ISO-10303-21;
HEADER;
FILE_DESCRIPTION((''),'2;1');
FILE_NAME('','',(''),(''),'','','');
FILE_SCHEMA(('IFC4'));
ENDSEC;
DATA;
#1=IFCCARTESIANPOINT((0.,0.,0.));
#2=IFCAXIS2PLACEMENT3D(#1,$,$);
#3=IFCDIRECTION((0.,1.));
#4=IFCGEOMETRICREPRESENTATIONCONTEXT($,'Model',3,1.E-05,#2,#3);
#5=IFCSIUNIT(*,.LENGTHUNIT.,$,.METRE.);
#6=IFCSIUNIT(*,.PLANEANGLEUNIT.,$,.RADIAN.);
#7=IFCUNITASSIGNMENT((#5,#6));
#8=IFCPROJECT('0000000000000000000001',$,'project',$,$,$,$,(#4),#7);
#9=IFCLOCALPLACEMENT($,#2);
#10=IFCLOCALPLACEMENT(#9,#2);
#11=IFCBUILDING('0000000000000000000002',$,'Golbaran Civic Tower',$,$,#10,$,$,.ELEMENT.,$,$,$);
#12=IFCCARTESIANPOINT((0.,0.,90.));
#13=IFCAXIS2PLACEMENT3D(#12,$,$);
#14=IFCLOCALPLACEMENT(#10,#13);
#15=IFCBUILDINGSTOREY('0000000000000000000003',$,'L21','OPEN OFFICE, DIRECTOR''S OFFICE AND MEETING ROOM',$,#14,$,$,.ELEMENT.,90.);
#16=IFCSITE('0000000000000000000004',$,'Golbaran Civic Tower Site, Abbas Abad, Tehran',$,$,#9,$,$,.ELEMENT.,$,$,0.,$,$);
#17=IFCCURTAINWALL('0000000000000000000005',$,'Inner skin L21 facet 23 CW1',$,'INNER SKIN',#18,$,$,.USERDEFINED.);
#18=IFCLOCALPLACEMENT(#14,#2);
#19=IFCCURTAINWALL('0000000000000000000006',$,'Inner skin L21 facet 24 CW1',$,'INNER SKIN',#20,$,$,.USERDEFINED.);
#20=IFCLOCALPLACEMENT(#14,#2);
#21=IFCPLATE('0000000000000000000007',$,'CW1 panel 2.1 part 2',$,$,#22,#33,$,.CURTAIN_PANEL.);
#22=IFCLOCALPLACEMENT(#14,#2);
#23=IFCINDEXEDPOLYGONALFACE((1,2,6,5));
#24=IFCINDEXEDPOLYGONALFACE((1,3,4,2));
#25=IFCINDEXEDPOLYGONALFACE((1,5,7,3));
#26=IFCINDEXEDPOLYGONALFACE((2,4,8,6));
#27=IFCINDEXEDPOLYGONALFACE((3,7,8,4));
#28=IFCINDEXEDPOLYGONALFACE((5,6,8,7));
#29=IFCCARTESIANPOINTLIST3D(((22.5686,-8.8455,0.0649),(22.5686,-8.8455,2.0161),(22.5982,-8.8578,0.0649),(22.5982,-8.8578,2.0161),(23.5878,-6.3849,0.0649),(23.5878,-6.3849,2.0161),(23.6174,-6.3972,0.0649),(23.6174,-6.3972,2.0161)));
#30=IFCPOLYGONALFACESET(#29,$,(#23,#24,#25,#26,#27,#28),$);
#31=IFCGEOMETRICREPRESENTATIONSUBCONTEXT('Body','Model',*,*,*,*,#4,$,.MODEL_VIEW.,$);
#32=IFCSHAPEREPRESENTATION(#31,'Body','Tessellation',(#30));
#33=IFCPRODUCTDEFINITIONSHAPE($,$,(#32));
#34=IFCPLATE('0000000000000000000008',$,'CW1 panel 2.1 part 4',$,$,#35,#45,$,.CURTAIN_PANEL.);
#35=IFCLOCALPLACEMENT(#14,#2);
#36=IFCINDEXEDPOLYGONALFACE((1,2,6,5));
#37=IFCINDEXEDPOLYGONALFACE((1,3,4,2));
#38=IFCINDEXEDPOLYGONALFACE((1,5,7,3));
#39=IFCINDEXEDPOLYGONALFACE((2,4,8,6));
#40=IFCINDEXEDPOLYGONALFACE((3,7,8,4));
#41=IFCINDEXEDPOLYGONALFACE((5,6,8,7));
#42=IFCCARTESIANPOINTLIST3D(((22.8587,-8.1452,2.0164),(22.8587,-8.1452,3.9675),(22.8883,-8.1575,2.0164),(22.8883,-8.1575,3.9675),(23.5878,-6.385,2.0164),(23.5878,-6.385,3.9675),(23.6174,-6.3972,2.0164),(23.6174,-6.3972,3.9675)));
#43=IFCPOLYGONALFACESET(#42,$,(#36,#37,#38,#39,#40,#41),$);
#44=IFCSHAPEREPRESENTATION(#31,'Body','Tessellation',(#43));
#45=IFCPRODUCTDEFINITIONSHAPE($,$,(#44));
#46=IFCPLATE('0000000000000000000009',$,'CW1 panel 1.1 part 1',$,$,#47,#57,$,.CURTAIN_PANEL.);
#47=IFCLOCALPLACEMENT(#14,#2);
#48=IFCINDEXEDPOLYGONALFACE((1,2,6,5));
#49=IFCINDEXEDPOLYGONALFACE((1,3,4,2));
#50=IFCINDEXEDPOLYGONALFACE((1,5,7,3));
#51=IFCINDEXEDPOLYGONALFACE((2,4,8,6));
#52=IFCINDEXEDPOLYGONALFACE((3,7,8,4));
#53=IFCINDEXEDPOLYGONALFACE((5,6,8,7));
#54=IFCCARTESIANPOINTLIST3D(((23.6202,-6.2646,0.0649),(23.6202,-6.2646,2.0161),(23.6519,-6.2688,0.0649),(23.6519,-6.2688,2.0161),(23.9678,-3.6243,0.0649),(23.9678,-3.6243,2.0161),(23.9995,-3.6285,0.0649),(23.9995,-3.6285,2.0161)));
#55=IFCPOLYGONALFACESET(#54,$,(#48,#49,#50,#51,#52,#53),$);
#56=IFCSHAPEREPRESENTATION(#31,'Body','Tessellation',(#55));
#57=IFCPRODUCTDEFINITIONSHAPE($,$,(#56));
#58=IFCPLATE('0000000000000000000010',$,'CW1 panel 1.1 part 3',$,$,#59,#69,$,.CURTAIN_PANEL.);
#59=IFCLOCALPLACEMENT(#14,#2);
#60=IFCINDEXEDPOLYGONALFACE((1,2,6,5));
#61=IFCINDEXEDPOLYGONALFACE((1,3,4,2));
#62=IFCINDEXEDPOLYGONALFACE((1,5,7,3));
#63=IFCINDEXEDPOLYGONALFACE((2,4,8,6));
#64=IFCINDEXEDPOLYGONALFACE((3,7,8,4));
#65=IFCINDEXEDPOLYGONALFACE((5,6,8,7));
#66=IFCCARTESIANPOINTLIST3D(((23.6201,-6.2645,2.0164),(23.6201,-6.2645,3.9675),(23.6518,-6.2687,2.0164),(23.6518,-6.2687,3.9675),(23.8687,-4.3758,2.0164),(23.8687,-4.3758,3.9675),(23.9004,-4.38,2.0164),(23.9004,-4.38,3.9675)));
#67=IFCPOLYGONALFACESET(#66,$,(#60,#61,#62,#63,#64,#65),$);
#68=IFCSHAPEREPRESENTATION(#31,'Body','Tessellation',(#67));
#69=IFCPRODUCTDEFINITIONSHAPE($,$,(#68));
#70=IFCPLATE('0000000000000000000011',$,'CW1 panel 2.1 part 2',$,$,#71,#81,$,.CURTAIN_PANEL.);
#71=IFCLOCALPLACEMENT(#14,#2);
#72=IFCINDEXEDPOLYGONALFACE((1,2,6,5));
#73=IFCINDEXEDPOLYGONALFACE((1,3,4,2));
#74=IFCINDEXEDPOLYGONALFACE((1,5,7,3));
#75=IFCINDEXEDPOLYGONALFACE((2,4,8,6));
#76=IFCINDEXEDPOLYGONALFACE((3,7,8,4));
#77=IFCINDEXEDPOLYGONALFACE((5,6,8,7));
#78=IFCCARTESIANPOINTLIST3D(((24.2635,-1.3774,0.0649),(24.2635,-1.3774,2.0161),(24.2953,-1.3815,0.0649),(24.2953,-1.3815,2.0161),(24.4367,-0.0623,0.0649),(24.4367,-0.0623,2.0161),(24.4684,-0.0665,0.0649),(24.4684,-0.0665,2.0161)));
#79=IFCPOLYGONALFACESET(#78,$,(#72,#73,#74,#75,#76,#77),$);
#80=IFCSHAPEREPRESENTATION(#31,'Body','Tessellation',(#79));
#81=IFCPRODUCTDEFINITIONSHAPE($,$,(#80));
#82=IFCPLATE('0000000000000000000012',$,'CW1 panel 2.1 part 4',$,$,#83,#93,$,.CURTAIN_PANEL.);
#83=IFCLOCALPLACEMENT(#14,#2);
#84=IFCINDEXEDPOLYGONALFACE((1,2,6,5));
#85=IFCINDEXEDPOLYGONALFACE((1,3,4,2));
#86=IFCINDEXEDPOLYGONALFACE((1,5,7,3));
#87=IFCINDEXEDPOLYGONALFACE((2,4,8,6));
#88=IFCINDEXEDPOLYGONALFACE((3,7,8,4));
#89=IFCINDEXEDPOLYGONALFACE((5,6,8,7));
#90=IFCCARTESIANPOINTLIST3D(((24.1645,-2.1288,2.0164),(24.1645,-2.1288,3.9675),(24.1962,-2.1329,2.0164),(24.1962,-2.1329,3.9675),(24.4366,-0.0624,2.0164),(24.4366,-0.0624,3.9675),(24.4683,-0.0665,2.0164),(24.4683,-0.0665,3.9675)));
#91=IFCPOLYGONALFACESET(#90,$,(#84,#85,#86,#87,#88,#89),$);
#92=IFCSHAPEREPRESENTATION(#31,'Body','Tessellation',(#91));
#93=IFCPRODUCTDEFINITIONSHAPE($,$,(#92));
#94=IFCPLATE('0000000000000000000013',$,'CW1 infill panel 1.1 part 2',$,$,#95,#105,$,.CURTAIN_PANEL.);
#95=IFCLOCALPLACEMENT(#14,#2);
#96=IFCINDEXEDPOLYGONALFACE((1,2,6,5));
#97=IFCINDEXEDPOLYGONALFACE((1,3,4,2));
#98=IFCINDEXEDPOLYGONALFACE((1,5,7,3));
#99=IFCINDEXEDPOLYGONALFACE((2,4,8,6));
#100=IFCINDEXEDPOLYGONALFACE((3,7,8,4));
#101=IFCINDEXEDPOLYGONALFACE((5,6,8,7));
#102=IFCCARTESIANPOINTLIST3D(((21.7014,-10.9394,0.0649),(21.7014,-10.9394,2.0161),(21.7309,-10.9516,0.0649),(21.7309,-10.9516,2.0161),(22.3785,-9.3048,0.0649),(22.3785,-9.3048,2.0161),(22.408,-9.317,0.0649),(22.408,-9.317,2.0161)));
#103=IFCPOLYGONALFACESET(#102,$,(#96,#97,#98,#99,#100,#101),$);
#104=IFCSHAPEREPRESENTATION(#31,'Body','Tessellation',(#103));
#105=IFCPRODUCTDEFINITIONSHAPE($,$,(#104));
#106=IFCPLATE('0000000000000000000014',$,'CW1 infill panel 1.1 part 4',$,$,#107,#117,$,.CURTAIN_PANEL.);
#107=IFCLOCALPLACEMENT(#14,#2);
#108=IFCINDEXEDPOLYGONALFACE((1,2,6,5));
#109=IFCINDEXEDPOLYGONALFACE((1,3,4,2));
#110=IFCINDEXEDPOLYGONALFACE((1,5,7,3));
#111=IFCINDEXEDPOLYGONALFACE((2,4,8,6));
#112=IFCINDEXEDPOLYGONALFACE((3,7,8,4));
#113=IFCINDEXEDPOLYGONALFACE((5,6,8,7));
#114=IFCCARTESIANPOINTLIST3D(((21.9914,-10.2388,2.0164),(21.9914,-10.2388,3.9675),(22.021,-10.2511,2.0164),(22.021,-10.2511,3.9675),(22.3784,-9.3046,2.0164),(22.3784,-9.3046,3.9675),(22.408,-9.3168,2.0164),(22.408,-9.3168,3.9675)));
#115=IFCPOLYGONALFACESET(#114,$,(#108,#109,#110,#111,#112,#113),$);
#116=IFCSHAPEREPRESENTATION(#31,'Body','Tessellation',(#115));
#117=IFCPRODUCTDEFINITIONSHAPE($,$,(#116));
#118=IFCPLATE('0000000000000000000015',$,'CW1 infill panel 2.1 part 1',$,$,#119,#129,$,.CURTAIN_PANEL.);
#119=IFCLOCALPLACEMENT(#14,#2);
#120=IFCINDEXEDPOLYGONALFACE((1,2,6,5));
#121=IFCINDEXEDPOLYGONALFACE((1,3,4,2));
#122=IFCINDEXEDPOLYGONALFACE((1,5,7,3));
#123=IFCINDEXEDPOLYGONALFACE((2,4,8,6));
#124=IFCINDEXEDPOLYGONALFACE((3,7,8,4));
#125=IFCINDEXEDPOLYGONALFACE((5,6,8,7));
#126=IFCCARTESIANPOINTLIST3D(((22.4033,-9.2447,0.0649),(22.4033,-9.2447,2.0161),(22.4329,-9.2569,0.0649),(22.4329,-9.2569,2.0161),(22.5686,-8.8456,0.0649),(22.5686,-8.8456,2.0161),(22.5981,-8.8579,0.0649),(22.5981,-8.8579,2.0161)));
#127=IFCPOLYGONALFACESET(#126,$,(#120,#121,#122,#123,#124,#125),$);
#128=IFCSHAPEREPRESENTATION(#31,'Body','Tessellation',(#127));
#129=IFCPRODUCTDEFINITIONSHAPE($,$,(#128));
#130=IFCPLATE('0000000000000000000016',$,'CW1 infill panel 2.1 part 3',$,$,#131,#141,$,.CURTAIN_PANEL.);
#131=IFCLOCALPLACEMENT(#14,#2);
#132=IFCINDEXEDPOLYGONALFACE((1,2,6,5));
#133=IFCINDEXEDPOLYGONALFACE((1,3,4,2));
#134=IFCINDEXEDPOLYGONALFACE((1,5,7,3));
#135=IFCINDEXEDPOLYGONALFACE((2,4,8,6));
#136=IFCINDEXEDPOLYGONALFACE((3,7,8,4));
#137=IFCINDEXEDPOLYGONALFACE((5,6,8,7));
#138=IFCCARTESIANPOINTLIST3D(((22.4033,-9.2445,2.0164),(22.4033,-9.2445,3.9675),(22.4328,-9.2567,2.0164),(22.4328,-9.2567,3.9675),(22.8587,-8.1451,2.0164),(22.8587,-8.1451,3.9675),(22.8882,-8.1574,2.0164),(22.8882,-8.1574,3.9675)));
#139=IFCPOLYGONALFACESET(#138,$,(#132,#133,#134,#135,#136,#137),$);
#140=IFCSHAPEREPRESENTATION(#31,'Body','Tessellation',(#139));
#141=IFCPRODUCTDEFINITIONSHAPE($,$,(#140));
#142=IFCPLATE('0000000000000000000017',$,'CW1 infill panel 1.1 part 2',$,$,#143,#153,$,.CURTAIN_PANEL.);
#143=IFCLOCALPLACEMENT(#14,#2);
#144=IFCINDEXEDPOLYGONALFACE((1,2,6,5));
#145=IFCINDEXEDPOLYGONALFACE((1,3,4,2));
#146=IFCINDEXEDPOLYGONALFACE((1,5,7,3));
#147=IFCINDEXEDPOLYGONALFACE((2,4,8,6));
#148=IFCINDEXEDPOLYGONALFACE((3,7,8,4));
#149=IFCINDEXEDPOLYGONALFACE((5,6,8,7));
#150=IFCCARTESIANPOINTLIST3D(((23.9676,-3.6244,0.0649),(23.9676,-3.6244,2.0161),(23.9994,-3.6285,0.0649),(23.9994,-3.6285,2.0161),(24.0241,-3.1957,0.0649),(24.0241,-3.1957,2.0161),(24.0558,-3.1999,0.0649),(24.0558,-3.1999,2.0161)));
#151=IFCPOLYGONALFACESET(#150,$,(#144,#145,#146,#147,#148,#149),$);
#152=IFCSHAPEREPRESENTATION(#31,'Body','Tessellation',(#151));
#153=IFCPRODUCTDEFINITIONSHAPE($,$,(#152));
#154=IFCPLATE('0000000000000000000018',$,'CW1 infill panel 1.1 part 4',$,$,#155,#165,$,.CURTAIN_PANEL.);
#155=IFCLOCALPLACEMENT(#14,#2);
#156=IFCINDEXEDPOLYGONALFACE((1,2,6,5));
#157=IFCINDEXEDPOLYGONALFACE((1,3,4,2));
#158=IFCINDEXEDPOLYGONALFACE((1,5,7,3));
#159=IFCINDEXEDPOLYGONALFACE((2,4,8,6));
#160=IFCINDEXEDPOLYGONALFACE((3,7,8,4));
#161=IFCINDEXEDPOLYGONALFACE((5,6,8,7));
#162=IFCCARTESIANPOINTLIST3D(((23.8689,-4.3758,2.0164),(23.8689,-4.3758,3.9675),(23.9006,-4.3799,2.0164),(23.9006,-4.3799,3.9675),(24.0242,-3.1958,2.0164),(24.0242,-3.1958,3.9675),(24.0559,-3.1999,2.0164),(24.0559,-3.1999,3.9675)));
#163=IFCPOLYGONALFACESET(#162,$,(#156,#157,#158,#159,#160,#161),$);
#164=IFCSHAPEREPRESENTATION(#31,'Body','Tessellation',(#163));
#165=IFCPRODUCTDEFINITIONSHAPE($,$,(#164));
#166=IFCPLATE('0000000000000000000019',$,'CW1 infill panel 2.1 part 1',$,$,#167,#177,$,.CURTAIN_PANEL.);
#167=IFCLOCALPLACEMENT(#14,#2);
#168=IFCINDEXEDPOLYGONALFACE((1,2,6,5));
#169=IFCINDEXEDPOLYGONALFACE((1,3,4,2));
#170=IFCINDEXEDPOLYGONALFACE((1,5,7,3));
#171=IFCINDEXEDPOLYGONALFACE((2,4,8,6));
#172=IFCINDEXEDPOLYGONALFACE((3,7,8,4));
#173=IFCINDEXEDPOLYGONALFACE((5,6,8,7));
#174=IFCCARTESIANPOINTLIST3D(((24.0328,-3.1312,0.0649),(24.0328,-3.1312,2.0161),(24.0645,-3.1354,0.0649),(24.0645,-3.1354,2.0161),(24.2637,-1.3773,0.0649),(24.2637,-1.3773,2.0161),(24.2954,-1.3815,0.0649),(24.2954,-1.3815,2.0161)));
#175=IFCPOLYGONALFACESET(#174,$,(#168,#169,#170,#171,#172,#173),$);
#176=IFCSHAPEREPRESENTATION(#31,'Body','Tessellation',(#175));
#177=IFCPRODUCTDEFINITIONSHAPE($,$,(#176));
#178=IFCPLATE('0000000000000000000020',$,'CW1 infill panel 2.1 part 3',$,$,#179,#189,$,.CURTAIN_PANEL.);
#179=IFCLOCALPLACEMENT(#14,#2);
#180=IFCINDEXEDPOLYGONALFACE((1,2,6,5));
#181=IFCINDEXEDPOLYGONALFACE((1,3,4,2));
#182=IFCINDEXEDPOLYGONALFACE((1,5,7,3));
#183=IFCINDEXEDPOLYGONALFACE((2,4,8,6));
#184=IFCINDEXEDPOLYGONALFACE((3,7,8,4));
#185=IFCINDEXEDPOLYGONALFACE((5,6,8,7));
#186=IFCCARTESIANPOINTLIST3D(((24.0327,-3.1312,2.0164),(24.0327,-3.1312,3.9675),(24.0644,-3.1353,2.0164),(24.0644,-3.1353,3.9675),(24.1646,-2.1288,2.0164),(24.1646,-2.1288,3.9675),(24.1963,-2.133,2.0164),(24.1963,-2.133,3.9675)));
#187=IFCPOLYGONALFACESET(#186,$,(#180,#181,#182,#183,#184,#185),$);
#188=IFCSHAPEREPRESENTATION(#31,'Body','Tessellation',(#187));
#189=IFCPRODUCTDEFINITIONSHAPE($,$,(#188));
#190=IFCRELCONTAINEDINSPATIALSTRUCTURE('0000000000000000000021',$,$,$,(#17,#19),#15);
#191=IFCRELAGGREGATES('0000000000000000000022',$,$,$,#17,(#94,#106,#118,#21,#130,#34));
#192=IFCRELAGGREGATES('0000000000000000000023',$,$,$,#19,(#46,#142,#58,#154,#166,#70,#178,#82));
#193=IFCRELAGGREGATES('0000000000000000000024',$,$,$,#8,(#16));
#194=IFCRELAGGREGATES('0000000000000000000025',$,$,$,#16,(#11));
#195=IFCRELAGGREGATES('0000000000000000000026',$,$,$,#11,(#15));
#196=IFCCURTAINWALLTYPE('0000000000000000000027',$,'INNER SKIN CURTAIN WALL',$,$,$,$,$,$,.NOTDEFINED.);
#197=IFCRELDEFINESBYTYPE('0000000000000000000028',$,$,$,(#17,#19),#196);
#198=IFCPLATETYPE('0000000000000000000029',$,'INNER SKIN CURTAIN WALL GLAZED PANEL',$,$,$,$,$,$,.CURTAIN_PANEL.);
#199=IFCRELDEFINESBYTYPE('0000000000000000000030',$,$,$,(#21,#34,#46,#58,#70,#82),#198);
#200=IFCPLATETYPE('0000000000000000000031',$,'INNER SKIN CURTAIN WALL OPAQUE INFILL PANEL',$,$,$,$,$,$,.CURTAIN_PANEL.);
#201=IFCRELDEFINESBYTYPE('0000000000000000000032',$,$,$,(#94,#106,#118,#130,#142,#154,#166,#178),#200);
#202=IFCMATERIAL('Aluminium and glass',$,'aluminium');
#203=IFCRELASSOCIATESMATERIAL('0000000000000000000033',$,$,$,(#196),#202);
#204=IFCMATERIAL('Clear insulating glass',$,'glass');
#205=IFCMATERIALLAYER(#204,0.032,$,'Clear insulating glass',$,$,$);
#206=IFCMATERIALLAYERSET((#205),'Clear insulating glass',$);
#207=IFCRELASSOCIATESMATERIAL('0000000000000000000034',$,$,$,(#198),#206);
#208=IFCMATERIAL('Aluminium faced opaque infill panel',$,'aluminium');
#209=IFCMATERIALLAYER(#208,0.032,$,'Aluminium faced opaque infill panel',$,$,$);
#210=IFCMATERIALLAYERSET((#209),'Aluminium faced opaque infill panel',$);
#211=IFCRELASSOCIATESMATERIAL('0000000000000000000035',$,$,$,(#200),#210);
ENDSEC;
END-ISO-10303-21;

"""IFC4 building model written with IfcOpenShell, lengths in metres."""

from ifc_helpers import new_model, si_unit, direction, frame, origin, origin_2d, place, context, subcontext, project, spatial, rectangle, extrude, material, layer, layer_set, type_object, element, aggregate, save


model = new_model("IFC4")

# Units and contexts
model_context = context("Model", 3, precision=1e-05, world=origin(), true_north=direction((0.0, 1.0)))
body_context = subcontext(model_context, "Body", "Model", "MODEL_VIEW")
ifc_project = project(units=[si_unit("LENGTHUNIT", "METRE"), si_unit("PLANEANGLEUNIT", "RADIAN")], contexts=[model_context])

# Site, building, storey
site_placement = place(None, origin())
site = spatial("IfcSite", under=ifc_project, at=site_placement, Name="Golbaran Civic Tower Site, Abbas Abad, Tehran", CompositionType="ELEMENT", RefElevation=0.0)
building_placement = place(site_placement, origin())
building = spatial("IfcBuilding", under=site, at=building_placement, Name="Golbaran Civic Tower", CompositionType="ELEMENT")
storey_placement = place(building_placement, frame((0.0, 0.0, 90.0)))
storey = spatial("IfcBuildingStorey", under=building, at=storey_placement, Name="L21", Description="OPEN OFFICE, DIRECTOR'S OFFICE AND MEETING ROOM", CompositionType="ELEMENT", Elevation=90.0)

# Curtain walls
ifc_material_1 = material(Name="Aluminium and glass", Category="aluminium")
curtain_wall_type = type_object("IfcCurtainWallType", Name="INNER SKIN CURTAIN WALL", PredefinedType="NOTDEFINED", material=ifc_material_1)
curtain_wall_1_placement = place(storey_placement, origin())
curtain_wall_1 = element("IfcCurtainWall", 1, at=curtain_wall_1_placement, inside=storey, type_object=curtain_wall_type, Name="Inner skin L21 facet 23 CW1", ObjectType="INNER SKIN", PredefinedType="USERDEFINED")
curtain_wall_2_placement = place(storey_placement, origin())
curtain_wall_2 = element("IfcCurtainWall", 2, at=curtain_wall_2_placement, inside=storey, type_object=curtain_wall_type, Name="Inner skin L21 facet 24 CW1", ObjectType="INNER SKIN", PredefinedType="USERDEFINED")

# Plates
ifc_material_2 = material(Name="Clear insulating glass", Category="glass")
ifc_layer_1 = layer(ifc_material_2, 0.032, Name="Clear insulating glass")
ifc_layer_set_1 = layer_set([ifc_layer_1], Name="Clear insulating glass")
plate_type_1 = type_object("IfcPlateType", Name="INNER SKIN CURTAIN WALL GLAZED PANEL", PredefinedType="CURTAIN_PANEL", material=ifc_layer_set_1)
plate_1_placement = place(storey_placement, frame((23.093, -7.6213, 0.0649), z_axis=(0.0, 0.0, 1.0), x_axis=(0.382683, 0.92388, 0.0)))
plate_1 = element("IfcPlate", 3, at=plate_1_placement, type_object=plate_type_1, Name="CW1 panel 2.1 part 2", PredefinedType="CURTAIN_PANEL", context=body_context, shape_type="SweptSolid", body=[
    extrude(rectangle(XDim=2.6633, YDim=0.032, at=origin_2d()), origin(), (0.0, 0.0, 1.0), 1.9512),
])
plate_2_placement = place(storey_placement, frame((23.238, -7.2712, 2.0164), z_axis=(0.0, 0.0, 1.0), x_axis=(0.382683, 0.92388, 0.0)))
plate_2 = element("IfcPlate", 4, at=plate_2_placement, type_object=plate_type_1, Name="CW1 panel 2.1 part 4", PredefinedType="CURTAIN_PANEL", context=body_context, shape_type="SweptSolid", body=[
    extrude(rectangle(XDim=1.9053, YDim=0.032, at=origin_2d()), origin(), (0.0, 0.0, 1.0), 1.9512),
])
plate_3_placement = place(storey_placement, frame((23.8098, -4.9465, 0.0649), z_axis=(0.0, 0.0, 1.0), x_axis=(0.130526, 0.991445, 0.0)))
plate_3 = element("IfcPlate", 5, at=plate_3_placement, type_object=plate_type_1, Name="CW1 panel 1.1 part 1", PredefinedType="CURTAIN_PANEL", context=body_context, shape_type="SweptSolid", body=[
    extrude(rectangle(XDim=2.6631, YDim=0.032, at=origin_2d()), origin(), (0.0, 0.0, 1.0), 1.9512),
])
plate_4_placement = place(storey_placement, frame((23.7603, -5.3223, 2.0164), z_axis=(0.0, 0.0, 1.0), x_axis=(0.130526, 0.991445, 0.0)))
plate_4 = element("IfcPlate", 6, at=plate_4_placement, type_object=plate_type_1, Name="CW1 panel 1.1 part 3", PredefinedType="CURTAIN_PANEL", context=body_context, shape_type="SweptSolid", body=[
    extrude(rectangle(XDim=1.905, YDim=0.032, at=origin_2d()), origin(), (0.0, 0.0, 1.0), 1.9512),
])
plate_5_placement = place(storey_placement, frame((24.366, -0.7219, 0.0649), z_axis=(0.0, 0.0, 1.0), x_axis=(0.130526, 0.991445, 0.0)))
plate_5 = element("IfcPlate", 7, at=plate_5_placement, type_object=plate_type_1, Name="CW1 panel 2.1 part 2", PredefinedType="CURTAIN_PANEL", context=body_context, shape_type="SweptSolid", body=[
    extrude(rectangle(XDim=1.3264, YDim=0.032, at=origin_2d()), origin(), (0.0, 0.0, 1.0), 1.9512),
])
plate_6_placement = place(storey_placement, frame((24.3164, -1.0977, 2.0164), z_axis=(0.0, 0.0, 1.0), x_axis=(0.130526, 0.991445, 0.0)))
plate_6 = element("IfcPlate", 8, at=plate_6_placement, type_object=plate_type_1, Name="CW1 panel 2.1 part 4", PredefinedType="CURTAIN_PANEL", context=body_context, shape_type="SweptSolid", body=[
    extrude(rectangle(XDim=2.0842, YDim=0.032, at=origin_2d()), origin(), (0.0, 0.0, 1.0), 1.9512),
])
ifc_material_3 = material(Name="Aluminium faced opaque infill panel", Category="aluminium")
ifc_layer_2 = layer(ifc_material_3, 0.032, Name="Aluminium faced opaque infill panel")
ifc_layer_set_2 = layer_set([ifc_layer_2], Name="Aluminium faced opaque infill panel")
plate_type_2 = type_object("IfcPlateType", Name="INNER SKIN CURTAIN WALL OPAQUE INFILL PANEL", PredefinedType="CURTAIN_PANEL", material=ifc_layer_set_2)
plate_7_placement = place(storey_placement, frame((22.0547, -10.1282, 0.0649), z_axis=(0.0, 0.0, 1.0), x_axis=(0.382683, 0.92388, 0.0)))
plate_7 = element("IfcPlate", 9, at=plate_7_placement, type_object=plate_type_2, Name="CW1 infill panel 1.1 part 2", PredefinedType="CURTAIN_PANEL", context=body_context, shape_type="SweptSolid", body=[
    extrude(rectangle(XDim=1.7693, YDim=0.032, at=origin_2d()), origin(), (0.0, 0.0, 1.0), 1.9512),
])
plate_8_placement = place(storey_placement, frame((22.1997, -9.7778, 2.0164), z_axis=(0.0, 0.0, 1.0), x_axis=(0.382683, 0.92388, 0.0)))
plate_8 = element("IfcPlate", 10, at=plate_8_placement, type_object=plate_type_2, Name="CW1 infill panel 1.1 part 4", PredefinedType="CURTAIN_PANEL", context=body_context, shape_type="SweptSolid", body=[
    extrude(rectangle(XDim=1.0112, YDim=0.032, at=origin_2d()), origin(), (0.0, 0.0, 1.0), 1.9512),
])
plate_9_placement = place(storey_placement, frame((22.5007, -9.0513, 0.0649), z_axis=(0.0, 0.0, 1.0), x_axis=(0.382683, 0.92388, 0.0)))
plate_9 = element("IfcPlate", 11, at=plate_9_placement, type_object=plate_type_2, Name="CW1 infill panel 2.1 part 1", PredefinedType="CURTAIN_PANEL", context=body_context, shape_type="SweptSolid", body=[
    extrude(rectangle(XDim=0.4319, YDim=0.032, at=origin_2d()), origin(), (0.0, 0.0, 1.0), 1.9512),
])
plate_10_placement = place(storey_placement, frame((22.6458, -8.7009, 2.0164), z_axis=(0.0, 0.0, 1.0), x_axis=(0.382683, 0.92388, 0.0)))
plate_10 = element("IfcPlate", 12, at=plate_10_placement, type_object=plate_type_2, Name="CW1 infill panel 2.1 part 3", PredefinedType="CURTAIN_PANEL", context=body_context, shape_type="SweptSolid", body=[
    extrude(rectangle(XDim=1.1899, YDim=0.032, at=origin_2d()), origin(), (0.0, 0.0, 1.0), 1.9512),
])
aggregate(curtain_wall_1, [plate_7, plate_8, plate_9, plate_1, plate_10, plate_2])
plate_11_placement = place(storey_placement, frame((24.0117, -3.4121, 0.0649), z_axis=(0.0, 0.0, 1.0), x_axis=(0.130526, 0.991445, 0.0)))
plate_11 = element("IfcPlate", 13, at=plate_11_placement, type_object=plate_type_2, Name="CW1 infill panel 1.1 part 2", PredefinedType="CURTAIN_PANEL", context=body_context, shape_type="SweptSolid", body=[
    extrude(rectangle(XDim=0.4324, YDim=0.032, at=origin_2d()), origin(), (0.0, 0.0, 1.0), 1.9512),
])
plate_12_placement = place(storey_placement, frame((23.9624, -3.7878, 2.0164), z_axis=(0.0, 0.0, 1.0), x_axis=(0.130526, 0.991445, 0.0)))
plate_12 = element("IfcPlate", 14, at=plate_12_placement, type_object=plate_type_2, Name="CW1 infill panel 1.1 part 4", PredefinedType="CURTAIN_PANEL", context=body_context, shape_type="SweptSolid", body=[
    extrude(rectangle(XDim=1.1902, YDim=0.032, at=origin_2d()), origin(), (0.0, 0.0, 1.0), 1.9512),
])
plate_13_placement = place(storey_placement, frame((24.1641, -2.2563, 0.0649), z_axis=(0.0, 0.0, 1.0), x_axis=(0.130526, 0.991445, 0.0)))
plate_13 = element("IfcPlate", 15, at=plate_13_placement, type_object=plate_type_2, Name="CW1 infill panel 2.1 part 1", PredefinedType="CURTAIN_PANEL", context=body_context, shape_type="SweptSolid", body=[
    extrude(rectangle(XDim=1.769, YDim=0.032, at=origin_2d()), origin(), (0.0, 0.0, 1.0), 1.9512),
])
plate_14_placement = place(storey_placement, frame((24.1145, -2.6321, 2.0164), z_axis=(0.0, 0.0, 1.0), x_axis=(0.130526, 0.991445, 0.0)))
plate_14 = element("IfcPlate", 16, at=plate_14_placement, type_object=plate_type_2, Name="CW1 infill panel 2.1 part 3", PredefinedType="CURTAIN_PANEL", context=body_context, shape_type="SweptSolid", body=[
    extrude(rectangle(XDim=1.011, YDim=0.032, at=origin_2d()), origin(), (0.0, 0.0, 1.0), 1.9512),
])
aggregate(curtain_wall_2, [plate_3, plate_11, plate_4, plate_12, plate_13, plate_5, plate_14, plate_6])

save(model, "model.ifc")
